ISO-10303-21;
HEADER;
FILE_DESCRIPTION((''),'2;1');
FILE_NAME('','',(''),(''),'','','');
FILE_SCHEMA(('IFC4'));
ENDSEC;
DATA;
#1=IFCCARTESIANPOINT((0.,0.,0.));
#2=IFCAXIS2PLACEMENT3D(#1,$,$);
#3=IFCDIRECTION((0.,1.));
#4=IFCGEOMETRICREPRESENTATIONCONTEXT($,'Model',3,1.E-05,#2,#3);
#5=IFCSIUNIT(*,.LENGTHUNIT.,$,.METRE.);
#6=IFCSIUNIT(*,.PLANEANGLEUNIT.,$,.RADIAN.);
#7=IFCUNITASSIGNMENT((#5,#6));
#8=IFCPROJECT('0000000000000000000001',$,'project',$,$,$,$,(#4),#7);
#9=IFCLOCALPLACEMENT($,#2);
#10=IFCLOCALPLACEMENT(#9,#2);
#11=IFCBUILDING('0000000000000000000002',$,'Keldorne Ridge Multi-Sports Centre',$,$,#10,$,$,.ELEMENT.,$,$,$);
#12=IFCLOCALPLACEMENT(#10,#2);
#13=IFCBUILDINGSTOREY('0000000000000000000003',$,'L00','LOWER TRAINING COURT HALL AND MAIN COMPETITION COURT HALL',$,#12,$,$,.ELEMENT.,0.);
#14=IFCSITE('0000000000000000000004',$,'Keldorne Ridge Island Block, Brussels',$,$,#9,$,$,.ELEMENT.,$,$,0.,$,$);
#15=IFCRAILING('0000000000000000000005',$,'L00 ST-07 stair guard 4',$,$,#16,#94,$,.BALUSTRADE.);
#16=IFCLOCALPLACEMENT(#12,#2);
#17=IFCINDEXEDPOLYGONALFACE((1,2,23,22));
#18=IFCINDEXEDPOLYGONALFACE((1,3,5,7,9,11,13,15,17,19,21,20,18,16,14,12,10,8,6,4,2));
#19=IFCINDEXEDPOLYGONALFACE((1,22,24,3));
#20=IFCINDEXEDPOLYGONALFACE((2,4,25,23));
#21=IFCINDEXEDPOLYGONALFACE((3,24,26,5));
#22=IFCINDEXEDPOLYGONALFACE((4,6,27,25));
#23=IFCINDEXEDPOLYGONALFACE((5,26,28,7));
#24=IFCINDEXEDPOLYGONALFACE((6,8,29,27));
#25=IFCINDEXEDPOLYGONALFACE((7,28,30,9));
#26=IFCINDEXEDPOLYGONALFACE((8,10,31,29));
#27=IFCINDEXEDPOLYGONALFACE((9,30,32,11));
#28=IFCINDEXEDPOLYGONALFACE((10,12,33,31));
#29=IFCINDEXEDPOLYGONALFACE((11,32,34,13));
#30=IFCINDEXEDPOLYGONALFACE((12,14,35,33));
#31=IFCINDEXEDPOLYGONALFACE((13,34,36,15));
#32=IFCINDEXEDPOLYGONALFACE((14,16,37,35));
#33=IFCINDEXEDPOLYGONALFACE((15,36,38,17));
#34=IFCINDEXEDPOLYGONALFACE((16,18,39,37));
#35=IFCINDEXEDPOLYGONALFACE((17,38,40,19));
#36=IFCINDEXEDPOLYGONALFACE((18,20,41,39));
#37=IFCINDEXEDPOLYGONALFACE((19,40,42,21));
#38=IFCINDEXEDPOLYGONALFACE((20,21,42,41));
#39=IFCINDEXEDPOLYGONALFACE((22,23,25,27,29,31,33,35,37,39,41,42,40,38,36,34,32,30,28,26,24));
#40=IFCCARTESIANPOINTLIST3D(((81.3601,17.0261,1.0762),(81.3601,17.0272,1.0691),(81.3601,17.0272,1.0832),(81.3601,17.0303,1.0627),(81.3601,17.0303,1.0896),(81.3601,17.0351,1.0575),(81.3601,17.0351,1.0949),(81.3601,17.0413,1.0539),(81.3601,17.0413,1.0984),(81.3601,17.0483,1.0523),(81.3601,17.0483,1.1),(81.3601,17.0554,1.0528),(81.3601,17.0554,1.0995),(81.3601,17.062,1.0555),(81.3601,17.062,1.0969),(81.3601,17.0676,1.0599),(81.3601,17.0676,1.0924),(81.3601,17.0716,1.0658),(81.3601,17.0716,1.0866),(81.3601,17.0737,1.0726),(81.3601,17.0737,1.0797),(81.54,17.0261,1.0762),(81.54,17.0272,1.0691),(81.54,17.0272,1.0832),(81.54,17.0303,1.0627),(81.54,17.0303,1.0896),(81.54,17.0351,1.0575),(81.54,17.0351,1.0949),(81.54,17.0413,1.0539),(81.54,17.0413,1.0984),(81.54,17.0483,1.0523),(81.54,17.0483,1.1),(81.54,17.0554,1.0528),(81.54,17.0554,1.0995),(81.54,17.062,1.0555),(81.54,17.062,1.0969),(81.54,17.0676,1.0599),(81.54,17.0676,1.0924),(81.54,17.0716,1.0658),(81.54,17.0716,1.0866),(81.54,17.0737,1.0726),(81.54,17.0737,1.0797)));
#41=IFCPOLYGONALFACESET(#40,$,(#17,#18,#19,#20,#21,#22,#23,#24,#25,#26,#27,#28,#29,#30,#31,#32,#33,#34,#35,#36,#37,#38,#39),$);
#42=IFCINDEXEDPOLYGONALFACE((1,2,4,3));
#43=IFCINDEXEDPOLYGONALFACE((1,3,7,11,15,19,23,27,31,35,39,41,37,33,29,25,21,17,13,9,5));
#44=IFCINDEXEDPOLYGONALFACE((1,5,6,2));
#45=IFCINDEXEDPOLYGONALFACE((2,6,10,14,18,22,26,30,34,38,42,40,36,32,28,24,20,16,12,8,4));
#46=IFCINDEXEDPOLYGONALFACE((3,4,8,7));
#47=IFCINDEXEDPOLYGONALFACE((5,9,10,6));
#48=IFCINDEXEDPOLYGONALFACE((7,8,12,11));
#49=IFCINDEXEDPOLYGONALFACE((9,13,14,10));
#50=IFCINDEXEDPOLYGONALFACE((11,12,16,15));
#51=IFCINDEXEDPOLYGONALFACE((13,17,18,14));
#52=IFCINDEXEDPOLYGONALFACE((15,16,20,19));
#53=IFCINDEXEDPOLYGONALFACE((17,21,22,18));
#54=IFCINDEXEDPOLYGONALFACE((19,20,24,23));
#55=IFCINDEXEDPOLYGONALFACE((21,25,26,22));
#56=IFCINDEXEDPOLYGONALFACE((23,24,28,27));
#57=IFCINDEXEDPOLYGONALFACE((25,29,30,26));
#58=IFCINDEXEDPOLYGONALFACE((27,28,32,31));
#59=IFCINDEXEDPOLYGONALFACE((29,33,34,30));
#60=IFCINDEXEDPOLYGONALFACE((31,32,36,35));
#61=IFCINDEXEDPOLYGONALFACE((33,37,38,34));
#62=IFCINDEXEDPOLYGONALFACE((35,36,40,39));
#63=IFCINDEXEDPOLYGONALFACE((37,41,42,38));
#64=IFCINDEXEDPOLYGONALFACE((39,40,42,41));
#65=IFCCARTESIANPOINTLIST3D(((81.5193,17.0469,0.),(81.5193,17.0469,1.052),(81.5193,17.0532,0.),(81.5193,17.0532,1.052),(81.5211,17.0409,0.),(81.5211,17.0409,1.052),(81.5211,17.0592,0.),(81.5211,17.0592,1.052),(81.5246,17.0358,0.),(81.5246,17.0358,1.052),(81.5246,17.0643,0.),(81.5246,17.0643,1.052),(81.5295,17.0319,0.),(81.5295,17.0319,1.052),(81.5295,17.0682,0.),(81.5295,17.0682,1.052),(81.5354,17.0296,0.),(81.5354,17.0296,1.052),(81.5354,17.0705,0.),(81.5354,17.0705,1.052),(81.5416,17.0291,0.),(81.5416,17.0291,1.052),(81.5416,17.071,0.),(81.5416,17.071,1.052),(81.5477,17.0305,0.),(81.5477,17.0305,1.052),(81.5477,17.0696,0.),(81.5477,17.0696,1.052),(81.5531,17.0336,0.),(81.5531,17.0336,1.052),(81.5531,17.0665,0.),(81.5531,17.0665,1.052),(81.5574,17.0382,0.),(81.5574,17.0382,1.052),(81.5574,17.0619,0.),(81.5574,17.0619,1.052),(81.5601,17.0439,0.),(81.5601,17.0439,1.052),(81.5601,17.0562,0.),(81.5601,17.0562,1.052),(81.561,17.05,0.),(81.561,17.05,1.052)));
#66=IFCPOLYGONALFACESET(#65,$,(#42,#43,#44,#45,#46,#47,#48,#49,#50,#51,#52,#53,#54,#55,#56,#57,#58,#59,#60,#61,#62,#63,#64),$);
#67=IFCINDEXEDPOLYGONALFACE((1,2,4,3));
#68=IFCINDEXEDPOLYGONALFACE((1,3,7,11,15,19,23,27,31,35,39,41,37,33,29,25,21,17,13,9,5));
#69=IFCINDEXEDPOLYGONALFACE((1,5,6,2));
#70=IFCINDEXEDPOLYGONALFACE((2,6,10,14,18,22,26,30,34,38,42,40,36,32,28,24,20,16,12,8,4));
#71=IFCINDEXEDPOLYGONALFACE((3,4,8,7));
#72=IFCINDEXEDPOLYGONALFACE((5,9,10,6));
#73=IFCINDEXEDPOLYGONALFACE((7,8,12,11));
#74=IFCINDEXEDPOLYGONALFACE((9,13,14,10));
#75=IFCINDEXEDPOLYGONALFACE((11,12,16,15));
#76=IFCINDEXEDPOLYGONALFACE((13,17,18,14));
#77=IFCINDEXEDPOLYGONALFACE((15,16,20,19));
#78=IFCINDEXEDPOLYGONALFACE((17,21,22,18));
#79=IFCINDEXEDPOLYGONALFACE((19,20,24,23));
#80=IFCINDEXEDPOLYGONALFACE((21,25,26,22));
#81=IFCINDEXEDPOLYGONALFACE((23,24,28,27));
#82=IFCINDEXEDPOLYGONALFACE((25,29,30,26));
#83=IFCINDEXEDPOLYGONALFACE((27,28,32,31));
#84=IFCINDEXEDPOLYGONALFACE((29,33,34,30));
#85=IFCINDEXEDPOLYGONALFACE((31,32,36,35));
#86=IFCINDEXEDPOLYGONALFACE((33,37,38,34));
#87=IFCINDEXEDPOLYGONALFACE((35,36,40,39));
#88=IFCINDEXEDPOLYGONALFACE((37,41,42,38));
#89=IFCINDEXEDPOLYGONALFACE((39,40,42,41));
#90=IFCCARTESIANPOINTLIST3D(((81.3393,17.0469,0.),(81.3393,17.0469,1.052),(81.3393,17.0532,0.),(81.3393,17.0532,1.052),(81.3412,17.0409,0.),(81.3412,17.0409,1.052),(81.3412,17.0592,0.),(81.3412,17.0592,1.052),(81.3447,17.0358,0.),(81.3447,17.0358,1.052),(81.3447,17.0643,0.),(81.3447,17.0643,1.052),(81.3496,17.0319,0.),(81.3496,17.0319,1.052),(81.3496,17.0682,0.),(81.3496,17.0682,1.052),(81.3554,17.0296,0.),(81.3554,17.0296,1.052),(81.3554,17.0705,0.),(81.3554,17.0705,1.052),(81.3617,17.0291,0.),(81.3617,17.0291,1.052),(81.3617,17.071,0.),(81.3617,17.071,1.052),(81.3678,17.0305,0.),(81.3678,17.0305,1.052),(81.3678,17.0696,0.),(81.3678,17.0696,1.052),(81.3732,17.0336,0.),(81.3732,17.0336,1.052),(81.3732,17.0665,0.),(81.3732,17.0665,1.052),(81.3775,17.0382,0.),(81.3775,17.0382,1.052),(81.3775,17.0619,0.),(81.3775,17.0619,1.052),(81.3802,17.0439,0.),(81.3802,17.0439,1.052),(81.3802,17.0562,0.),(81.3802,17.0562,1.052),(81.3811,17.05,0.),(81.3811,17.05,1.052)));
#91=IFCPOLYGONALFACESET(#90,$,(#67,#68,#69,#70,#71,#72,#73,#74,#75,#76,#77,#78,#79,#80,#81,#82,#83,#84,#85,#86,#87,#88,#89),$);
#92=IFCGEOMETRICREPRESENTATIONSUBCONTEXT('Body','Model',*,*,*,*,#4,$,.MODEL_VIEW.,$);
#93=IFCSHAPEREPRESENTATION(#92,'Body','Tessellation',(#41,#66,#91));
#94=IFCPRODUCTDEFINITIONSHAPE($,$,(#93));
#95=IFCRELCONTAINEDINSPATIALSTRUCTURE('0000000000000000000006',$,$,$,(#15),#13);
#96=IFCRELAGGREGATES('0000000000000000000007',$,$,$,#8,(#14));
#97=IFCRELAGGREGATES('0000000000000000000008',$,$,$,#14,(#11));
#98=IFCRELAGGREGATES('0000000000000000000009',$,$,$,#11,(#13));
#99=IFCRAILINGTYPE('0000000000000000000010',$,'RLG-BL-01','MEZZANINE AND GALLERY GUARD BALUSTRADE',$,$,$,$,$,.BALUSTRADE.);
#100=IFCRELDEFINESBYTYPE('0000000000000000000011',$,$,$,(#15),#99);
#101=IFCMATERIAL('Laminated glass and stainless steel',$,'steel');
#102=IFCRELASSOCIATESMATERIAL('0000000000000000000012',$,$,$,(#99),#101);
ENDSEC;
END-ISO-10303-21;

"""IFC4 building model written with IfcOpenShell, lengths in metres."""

from ifc_helpers import new_model, si_unit, direction, frame, origin, origin_2d, place, context, subcontext, project, spatial, circle, extrude, material, type_object, element, save


model = new_model("IFC4")

# Units and contexts
model_context = context("Model", 3, precision=1e-05, world=origin(), true_north=direction((0.0, 1.0)))
body_context = subcontext(model_context, "Body", "Model", "MODEL_VIEW")
ifc_project = project(units=[si_unit("LENGTHUNIT", "METRE"), si_unit("PLANEANGLEUNIT", "RADIAN")], contexts=[model_context])

# Site, building, storey
site_placement = place(None, origin())
site = spatial("IfcSite", under=ifc_project, at=site_placement, Name="Keldorne Ridge Island Block, Brussels", CompositionType="ELEMENT", RefElevation=0.0)
building_placement = place(site_placement, origin())
building = spatial("IfcBuilding", under=site, at=building_placement, Name="Keldorne Ridge Multi-Sports Centre", CompositionType="ELEMENT")
storey_placement = place(building_placement, origin())
storey = spatial("IfcBuildingStorey", under=building, at=storey_placement, Name="L00", Description="LOWER TRAINING COURT HALL AND MAIN COMPETITION COURT HALL", CompositionType="ELEMENT", Elevation=0.0)

# Railing
ifc_material_1 = material(Name="Laminated glass and stainless steel", Category="steel")
railing_type_1 = type_object("IfcRailingType", Name="RLG-BL-01", Description="MEZZANINE AND GALLERY GUARD BALUSTRADE", PredefinedType="BALUSTRADE", material=ifc_material_1)
railing_1_placement = place(storey_placement, frame((81.54, 17.05, 0.0)))
element("IfcRailing", 1, at=railing_1_placement, inside=storey, type_object=railing_type_1, Name="L00 ST-07 stair guard 4", PredefinedType="BALUSTRADE", context=body_context, shape_type="SweptSolid", body=[
    extrude(circle(Radius=0.0239, at=origin_2d()), frame((0.0, 0.0, 1.0762), z_axis=(-1.0, 0.0, 0.0), x_axis=(0.0, -1.0, 0.0)), (0.0, 0.0, 1.0), 0.1799),
    extrude(circle(Radius=0.021, at=origin_2d()), origin(), (0.0, 0.0, 1.0), 1.052),
    extrude(circle(Radius=0.021, at=origin_2d()), frame((-0.1799, 0.0, 0.0)), (0.0, 0.0, 1.0), 1.052),
])

save(model, "model.ifc")
